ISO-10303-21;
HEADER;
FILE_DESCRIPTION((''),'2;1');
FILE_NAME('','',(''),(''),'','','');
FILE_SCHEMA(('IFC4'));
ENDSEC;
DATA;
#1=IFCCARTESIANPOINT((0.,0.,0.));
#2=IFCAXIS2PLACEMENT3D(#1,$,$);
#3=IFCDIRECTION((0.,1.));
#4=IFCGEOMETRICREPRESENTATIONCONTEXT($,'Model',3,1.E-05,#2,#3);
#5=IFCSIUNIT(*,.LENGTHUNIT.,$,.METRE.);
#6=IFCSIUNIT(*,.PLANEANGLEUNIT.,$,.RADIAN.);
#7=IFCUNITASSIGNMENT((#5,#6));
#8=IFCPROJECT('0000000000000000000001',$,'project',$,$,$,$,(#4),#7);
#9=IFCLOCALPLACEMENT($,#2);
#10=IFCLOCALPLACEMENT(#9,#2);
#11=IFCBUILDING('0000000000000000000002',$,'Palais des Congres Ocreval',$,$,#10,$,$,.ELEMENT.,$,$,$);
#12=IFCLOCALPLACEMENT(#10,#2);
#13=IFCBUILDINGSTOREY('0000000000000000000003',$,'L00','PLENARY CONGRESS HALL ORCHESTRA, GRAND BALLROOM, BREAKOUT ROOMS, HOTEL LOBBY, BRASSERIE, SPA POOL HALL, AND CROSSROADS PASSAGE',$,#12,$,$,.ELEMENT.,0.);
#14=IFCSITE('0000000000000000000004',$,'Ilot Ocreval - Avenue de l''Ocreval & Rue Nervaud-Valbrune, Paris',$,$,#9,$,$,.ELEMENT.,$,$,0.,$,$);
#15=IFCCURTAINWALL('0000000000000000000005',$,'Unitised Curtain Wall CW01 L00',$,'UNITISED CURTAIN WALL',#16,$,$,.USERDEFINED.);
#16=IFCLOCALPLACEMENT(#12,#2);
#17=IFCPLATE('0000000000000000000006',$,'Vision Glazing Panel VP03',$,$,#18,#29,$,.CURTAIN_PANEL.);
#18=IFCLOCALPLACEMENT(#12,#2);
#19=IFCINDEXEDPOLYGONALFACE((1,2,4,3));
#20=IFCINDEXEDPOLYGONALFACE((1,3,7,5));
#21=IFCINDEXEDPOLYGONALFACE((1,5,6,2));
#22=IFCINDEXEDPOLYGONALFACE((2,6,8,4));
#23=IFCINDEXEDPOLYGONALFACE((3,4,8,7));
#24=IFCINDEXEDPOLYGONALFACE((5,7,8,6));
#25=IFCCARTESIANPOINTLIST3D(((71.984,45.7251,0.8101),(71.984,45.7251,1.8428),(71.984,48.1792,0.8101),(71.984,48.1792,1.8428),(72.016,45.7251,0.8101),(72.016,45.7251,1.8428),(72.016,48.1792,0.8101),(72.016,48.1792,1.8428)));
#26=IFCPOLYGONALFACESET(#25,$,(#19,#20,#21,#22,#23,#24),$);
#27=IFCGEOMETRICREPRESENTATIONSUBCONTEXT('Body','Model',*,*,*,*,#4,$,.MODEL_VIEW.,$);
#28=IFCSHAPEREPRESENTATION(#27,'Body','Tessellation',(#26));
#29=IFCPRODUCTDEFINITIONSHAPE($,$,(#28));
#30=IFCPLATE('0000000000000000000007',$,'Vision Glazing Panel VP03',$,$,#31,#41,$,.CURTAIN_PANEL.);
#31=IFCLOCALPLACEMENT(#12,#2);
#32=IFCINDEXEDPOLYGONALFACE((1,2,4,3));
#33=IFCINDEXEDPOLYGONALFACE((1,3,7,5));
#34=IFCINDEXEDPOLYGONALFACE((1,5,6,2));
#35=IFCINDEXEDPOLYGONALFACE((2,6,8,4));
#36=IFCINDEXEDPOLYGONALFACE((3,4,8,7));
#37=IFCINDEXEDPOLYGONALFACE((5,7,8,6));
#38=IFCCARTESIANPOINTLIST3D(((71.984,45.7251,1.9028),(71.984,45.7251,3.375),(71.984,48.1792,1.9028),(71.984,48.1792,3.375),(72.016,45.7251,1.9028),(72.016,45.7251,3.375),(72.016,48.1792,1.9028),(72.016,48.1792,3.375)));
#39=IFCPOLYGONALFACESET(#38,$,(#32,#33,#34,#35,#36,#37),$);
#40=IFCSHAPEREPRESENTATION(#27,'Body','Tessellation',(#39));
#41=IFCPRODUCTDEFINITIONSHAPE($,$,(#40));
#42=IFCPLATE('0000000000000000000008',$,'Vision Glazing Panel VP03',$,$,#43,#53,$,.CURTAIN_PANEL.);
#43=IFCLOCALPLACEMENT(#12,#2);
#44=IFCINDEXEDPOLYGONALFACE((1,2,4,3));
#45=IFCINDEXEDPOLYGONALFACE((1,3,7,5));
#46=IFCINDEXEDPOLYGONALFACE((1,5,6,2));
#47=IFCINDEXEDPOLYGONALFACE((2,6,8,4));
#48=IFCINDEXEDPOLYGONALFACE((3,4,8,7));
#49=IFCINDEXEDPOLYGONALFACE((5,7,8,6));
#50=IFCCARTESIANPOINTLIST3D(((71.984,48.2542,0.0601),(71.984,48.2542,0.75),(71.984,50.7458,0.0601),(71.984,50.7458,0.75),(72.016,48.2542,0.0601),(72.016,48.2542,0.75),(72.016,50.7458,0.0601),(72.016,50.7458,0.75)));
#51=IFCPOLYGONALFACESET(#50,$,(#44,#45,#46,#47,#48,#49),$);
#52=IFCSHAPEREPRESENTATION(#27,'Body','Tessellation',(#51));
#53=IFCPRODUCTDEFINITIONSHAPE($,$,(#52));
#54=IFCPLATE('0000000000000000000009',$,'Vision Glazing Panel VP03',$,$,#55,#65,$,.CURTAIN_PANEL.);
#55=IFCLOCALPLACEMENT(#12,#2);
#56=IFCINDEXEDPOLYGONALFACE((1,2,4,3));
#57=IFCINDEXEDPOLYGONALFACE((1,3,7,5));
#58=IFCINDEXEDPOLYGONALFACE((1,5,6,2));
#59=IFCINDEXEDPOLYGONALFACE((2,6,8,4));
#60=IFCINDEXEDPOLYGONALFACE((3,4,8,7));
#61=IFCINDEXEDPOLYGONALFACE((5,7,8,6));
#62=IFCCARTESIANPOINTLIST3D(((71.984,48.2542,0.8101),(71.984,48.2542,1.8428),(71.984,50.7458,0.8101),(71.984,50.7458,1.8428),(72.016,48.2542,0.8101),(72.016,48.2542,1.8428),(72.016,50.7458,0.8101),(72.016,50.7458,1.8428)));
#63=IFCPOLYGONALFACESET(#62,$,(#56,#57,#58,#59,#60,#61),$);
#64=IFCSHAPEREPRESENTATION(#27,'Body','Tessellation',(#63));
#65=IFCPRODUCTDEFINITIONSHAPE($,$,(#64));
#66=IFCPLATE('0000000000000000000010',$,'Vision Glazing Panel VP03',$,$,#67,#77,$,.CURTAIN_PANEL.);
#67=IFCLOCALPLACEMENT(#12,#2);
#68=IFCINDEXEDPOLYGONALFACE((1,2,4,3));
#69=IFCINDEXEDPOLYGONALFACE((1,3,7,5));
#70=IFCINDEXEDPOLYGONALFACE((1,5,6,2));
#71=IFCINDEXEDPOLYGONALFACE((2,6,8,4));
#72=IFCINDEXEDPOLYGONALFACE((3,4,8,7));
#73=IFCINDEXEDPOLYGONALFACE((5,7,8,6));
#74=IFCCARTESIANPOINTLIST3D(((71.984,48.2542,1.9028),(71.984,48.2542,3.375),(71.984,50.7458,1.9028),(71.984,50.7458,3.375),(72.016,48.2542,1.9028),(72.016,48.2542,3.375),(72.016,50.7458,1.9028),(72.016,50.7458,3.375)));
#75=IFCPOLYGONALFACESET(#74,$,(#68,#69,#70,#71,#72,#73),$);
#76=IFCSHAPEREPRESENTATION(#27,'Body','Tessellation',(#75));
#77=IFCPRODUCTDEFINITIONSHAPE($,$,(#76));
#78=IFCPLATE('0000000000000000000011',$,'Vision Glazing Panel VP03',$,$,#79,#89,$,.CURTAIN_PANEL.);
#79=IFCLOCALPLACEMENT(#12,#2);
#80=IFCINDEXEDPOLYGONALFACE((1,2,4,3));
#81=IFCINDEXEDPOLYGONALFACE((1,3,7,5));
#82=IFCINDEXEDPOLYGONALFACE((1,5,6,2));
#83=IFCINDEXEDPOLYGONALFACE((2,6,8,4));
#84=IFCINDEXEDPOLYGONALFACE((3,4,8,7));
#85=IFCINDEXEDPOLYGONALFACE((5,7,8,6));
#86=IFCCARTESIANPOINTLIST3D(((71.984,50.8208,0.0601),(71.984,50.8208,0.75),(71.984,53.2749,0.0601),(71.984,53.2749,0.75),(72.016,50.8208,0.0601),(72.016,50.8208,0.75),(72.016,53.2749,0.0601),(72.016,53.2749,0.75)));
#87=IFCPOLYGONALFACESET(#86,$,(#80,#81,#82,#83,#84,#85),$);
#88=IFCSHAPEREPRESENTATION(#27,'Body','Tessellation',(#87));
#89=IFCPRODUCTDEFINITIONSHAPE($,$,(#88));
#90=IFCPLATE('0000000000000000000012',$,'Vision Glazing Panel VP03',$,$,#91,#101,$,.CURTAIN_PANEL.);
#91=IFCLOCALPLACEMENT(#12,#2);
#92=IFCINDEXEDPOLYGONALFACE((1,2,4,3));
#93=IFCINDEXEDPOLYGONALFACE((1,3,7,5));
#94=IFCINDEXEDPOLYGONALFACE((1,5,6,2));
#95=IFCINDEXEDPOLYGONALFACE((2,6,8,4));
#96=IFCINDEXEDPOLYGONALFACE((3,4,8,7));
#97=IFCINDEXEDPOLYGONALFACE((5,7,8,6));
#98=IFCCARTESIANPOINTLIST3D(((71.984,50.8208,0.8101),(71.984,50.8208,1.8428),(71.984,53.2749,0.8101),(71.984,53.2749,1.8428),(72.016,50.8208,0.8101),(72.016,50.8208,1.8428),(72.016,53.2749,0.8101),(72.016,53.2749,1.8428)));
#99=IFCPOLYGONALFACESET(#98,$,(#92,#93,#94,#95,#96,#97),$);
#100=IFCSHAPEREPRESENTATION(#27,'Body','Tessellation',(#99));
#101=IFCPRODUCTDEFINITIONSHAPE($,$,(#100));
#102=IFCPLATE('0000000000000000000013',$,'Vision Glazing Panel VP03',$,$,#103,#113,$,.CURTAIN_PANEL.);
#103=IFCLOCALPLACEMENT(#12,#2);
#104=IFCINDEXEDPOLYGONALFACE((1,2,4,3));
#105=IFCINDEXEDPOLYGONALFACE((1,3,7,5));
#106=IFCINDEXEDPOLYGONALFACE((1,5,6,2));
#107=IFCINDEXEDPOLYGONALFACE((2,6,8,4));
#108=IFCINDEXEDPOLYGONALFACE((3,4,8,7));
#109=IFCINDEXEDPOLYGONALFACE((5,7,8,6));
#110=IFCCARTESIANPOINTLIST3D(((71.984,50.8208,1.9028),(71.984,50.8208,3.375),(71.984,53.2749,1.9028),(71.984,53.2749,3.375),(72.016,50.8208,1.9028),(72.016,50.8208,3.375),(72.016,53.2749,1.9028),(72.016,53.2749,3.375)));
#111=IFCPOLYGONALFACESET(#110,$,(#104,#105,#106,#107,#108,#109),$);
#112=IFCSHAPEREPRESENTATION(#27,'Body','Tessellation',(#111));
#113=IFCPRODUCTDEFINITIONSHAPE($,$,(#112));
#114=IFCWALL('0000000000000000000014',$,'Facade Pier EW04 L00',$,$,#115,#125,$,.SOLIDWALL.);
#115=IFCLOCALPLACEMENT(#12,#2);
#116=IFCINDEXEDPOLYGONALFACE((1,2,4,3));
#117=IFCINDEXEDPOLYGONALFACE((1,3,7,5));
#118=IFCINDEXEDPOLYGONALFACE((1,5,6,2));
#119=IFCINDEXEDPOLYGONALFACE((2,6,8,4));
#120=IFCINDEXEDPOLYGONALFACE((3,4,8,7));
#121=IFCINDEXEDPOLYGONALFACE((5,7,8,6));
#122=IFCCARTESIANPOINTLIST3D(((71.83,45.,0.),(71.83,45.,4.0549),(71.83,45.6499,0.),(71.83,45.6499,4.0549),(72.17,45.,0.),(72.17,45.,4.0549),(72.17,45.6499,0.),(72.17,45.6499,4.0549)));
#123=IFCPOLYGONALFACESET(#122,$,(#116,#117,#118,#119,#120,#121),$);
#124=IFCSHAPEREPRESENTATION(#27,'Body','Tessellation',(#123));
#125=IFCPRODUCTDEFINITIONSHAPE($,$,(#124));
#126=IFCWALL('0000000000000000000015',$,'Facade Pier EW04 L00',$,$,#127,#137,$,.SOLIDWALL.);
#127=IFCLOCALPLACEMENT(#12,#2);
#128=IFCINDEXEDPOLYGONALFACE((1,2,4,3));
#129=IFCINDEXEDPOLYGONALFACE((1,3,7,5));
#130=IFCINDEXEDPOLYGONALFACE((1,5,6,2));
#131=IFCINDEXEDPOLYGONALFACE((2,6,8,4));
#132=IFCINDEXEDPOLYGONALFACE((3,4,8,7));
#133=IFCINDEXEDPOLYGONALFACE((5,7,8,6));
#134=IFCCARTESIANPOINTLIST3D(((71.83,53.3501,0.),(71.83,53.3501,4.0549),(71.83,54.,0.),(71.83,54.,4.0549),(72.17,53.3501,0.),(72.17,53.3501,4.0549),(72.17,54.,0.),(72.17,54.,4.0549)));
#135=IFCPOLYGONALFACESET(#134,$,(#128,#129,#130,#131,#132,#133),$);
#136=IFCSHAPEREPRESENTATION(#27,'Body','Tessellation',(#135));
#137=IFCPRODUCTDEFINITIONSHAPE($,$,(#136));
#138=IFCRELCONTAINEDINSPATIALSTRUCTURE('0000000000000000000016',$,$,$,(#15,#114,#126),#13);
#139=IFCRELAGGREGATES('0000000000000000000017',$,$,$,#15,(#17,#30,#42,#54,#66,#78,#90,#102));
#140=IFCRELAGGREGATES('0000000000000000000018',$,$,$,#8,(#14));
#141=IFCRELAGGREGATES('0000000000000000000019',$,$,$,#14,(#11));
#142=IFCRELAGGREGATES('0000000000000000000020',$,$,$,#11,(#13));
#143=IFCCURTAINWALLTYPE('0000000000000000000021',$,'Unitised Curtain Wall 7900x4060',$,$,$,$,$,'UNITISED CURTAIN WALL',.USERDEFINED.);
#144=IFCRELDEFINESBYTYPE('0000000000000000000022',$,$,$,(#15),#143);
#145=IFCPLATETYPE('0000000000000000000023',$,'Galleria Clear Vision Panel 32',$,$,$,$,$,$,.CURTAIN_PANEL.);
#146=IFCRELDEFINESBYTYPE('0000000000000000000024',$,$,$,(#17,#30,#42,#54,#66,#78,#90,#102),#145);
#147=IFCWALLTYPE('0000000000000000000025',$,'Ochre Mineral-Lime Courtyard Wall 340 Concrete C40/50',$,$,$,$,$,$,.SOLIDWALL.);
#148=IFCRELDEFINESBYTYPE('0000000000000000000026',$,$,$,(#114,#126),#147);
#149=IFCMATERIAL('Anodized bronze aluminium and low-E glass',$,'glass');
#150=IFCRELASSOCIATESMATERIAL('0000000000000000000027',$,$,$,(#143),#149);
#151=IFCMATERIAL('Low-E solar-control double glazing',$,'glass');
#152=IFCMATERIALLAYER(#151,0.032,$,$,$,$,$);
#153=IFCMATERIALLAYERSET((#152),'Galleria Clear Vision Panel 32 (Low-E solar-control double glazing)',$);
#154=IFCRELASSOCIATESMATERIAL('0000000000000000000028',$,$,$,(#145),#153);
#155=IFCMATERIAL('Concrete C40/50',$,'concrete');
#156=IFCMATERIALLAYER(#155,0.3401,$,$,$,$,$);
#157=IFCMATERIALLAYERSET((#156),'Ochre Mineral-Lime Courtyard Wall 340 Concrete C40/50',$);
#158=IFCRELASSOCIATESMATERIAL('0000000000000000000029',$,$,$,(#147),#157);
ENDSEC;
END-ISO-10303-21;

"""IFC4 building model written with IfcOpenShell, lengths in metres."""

from ifc_helpers import new_model, si_unit, direction, frame, frame_2d, origin, origin_2d, place, context, subcontext, project, spatial, rectangle, extrude, material, layer, layer_set, type_object, element, aggregate, save


model = new_model("IFC4")

# Units and contexts
model_context = context("Model", 3, precision=1e-05, world=origin(), true_north=direction((0.0, 1.0)))
body_context = subcontext(model_context, "Body", "Model", "MODEL_VIEW")
ifc_project = project(units=[si_unit("LENGTHUNIT", "METRE"), si_unit("PLANEANGLEUNIT", "RADIAN")], contexts=[model_context])

# Site, building, storey
site_placement = place(None, origin())
site = spatial("IfcSite", under=ifc_project, at=site_placement, Name="Ilot Ocreval - Avenue de l'Ocreval & Rue Nervaud-Valbrune, Paris", CompositionType="ELEMENT", RefElevation=0.0)
building_placement = place(site_placement, origin())
building = spatial("IfcBuilding", under=site, at=building_placement, Name="Palais des Congres Ocreval", CompositionType="ELEMENT")
storey_placement = place(building_placement, origin())
storey = spatial("IfcBuildingStorey", under=building, at=storey_placement, Name="L00", Description="PLENARY CONGRESS HALL ORCHESTRA, GRAND BALLROOM, BREAKOUT ROOMS, HOTEL LOBBY, BRASSERIE, SPA POOL HALL, AND CROSSROADS PASSAGE", CompositionType="ELEMENT", Elevation=0.0)

# Curtain wall
ifc_material_1 = material(Name="Anodized bronze aluminium and low-E glass", Category="glass")
curtain_wall_type = type_object("IfcCurtainWallType", Name="Unitised Curtain Wall 7900x4060", ElementType="UNITISED CURTAIN WALL", PredefinedType="USERDEFINED", material=ifc_material_1)
curtain_wall_placement = place(storey_placement, origin())
curtain_wall = element("IfcCurtainWall", 1, at=curtain_wall_placement, inside=storey, type_object=curtain_wall_type, Name="Unitised Curtain Wall CW01 L00", ObjectType="UNITISED CURTAIN WALL", PredefinedType="USERDEFINED")

# Plates
ifc_material_2 = material(Name="Low-E solar-control double glazing", Category="glass")
ifc_layer_1 = layer(ifc_material_2, 0.032)
ifc_layer_set_1 = layer_set([ifc_layer_1], Name="Galleria Clear Vision Panel 32 (Low-E solar-control double glazing)")
plate_type_1 = type_object("IfcPlateType", Name="Galleria Clear Vision Panel 32", PredefinedType="CURTAIN_PANEL", material=ifc_layer_set_1)
plate_1_placement = place(storey_placement, frame((72.0, 46.9521, 0.8101), z_axis=(0.0, 0.0, 1.0), x_axis=(0.0, 1.0, 0.0)))
plate_1 = element("IfcPlate", 2, at=plate_1_placement, type_object=plate_type_1, Name="Vision Glazing Panel VP03", PredefinedType="CURTAIN_PANEL", context=body_context, shape_type="SweptSolid", body=[
    extrude(rectangle(XDim=2.4541, YDim=0.032, at=origin_2d()), origin(), (0.0, 0.0, 1.0), 1.0327),
])
plate_2_placement = place(storey_placement, frame((72.0, 46.9521, 1.9028), z_axis=(0.0, 0.0, 1.0), x_axis=(0.0, 1.0, 0.0)))
plate_2 = element("IfcPlate", 3, at=plate_2_placement, type_object=plate_type_1, Name="Vision Glazing Panel VP03", PredefinedType="CURTAIN_PANEL", context=body_context, shape_type="SweptSolid", body=[
    extrude(rectangle(XDim=2.4541, YDim=0.032, at=origin_2d()), origin(), (0.0, 0.0, 1.0), 1.4722),
])
plate_3_placement = place(storey_placement, frame((72.0, 49.5, 0.0601), z_axis=(0.0, 0.0, 1.0), x_axis=(0.0, 1.0, 0.0)))
plate_3 = element("IfcPlate", 4, at=plate_3_placement, type_object=plate_type_1, Name="Vision Glazing Panel VP03", PredefinedType="CURTAIN_PANEL", context=body_context, shape_type="SweptSolid", body=[
    extrude(rectangle(XDim=2.4917, YDim=0.032, at=origin_2d()), origin(), (0.0, 0.0, 1.0), 0.6899),
])
plate_4_placement = place(storey_placement, frame((72.0, 49.5, 0.8101), z_axis=(0.0, 0.0, 1.0), x_axis=(0.0, 1.0, 0.0)))
plate_4 = element("IfcPlate", 5, at=plate_4_placement, type_object=plate_type_1, Name="Vision Glazing Panel VP03", PredefinedType="CURTAIN_PANEL", context=body_context, shape_type="SweptSolid", body=[
    extrude(rectangle(XDim=2.4917, YDim=0.032, at=origin_2d()), origin(), (0.0, 0.0, 1.0), 1.0327),
])
plate_5_placement = place(storey_placement, frame((72.0, 49.5, 1.9028), z_axis=(0.0, 0.0, 1.0), x_axis=(0.0, 1.0, 0.0)))
plate_5 = element("IfcPlate", 6, at=plate_5_placement, type_object=plate_type_1, Name="Vision Glazing Panel VP03", PredefinedType="CURTAIN_PANEL", context=body_context, shape_type="SweptSolid", body=[
    extrude(rectangle(XDim=2.4917, YDim=0.032, at=origin_2d()), origin(), (0.0, 0.0, 1.0), 1.4722),
])
plate_6_placement = place(storey_placement, frame((72.0, 52.0479, 0.0601), z_axis=(0.0, 0.0, 1.0), x_axis=(0.0, 1.0, 0.0)))
plate_6 = element("IfcPlate", 7, at=plate_6_placement, type_object=plate_type_1, Name="Vision Glazing Panel VP03", PredefinedType="CURTAIN_PANEL", context=body_context, shape_type="SweptSolid", body=[
    extrude(rectangle(XDim=2.4541, YDim=0.032, at=origin_2d()), origin(), (0.0, 0.0, 1.0), 0.6899),
])
plate_7_placement = place(storey_placement, frame((72.0, 52.0479, 0.8101), z_axis=(0.0, 0.0, 1.0), x_axis=(0.0, 1.0, 0.0)))
plate_7 = element("IfcPlate", 8, at=plate_7_placement, type_object=plate_type_1, Name="Vision Glazing Panel VP03", PredefinedType="CURTAIN_PANEL", context=body_context, shape_type="SweptSolid", body=[
    extrude(rectangle(XDim=2.4541, YDim=0.032, at=origin_2d()), origin(), (0.0, 0.0, 1.0), 1.0327),
])
plate_8_placement = place(storey_placement, frame((72.0, 52.0479, 1.9028), z_axis=(0.0, 0.0, 1.0), x_axis=(0.0, 1.0, 0.0)))
plate_8 = element("IfcPlate", 9, at=plate_8_placement, type_object=plate_type_1, Name="Vision Glazing Panel VP03", PredefinedType="CURTAIN_PANEL", context=body_context, shape_type="SweptSolid", body=[
    extrude(rectangle(XDim=2.4541, YDim=0.032, at=origin_2d()), origin(), (0.0, 0.0, 1.0), 1.4722),
])
aggregate(curtain_wall, [plate_1, plate_2, plate_3, plate_4, plate_5, plate_6, plate_7, plate_8])

# Walls
ifc_material_3 = material(Name="Concrete C40/50", Category="concrete")
ifc_layer_2 = layer(ifc_material_3, 0.3401)
ifc_layer_set_2 = layer_set([ifc_layer_2], Name="Ochre Mineral-Lime Courtyard Wall 340 Concrete C40/50")
wall_type = type_object("IfcWallType", Name="Ochre Mineral-Lime Courtyard Wall 340 Concrete C40/50", PredefinedType="SOLIDWALL", material=ifc_layer_set_2)
for number, where, z_axis, x_axis, name in (
    (10, (72.0, 45.0, 0.0), (0.0, 0.0, 1.0), (0.0, 1.0, 0.0), "Facade Pier EW04 L00"),
    (11, (72.0, 53.3501, 0.0), (0.0, 0.0, 1.0), (0.0, 1.0, 0.0), "Facade Pier EW04 L00"),
):
    element("IfcWall", number, at=place(storey_placement, frame(where, z_axis=z_axis, x_axis=x_axis)), inside=storey, type_object=wall_type, Name=name, PredefinedType="SOLIDWALL", context=body_context, shape_type="SweptSolid", body=[
        extrude(rectangle(XDim=0.6499, YDim=0.3401, at=frame_2d((0.325, 0.0))), origin(), (0.0, 0.0, 1.0), 4.0549),
    ])

save(model, "model.ifc")
